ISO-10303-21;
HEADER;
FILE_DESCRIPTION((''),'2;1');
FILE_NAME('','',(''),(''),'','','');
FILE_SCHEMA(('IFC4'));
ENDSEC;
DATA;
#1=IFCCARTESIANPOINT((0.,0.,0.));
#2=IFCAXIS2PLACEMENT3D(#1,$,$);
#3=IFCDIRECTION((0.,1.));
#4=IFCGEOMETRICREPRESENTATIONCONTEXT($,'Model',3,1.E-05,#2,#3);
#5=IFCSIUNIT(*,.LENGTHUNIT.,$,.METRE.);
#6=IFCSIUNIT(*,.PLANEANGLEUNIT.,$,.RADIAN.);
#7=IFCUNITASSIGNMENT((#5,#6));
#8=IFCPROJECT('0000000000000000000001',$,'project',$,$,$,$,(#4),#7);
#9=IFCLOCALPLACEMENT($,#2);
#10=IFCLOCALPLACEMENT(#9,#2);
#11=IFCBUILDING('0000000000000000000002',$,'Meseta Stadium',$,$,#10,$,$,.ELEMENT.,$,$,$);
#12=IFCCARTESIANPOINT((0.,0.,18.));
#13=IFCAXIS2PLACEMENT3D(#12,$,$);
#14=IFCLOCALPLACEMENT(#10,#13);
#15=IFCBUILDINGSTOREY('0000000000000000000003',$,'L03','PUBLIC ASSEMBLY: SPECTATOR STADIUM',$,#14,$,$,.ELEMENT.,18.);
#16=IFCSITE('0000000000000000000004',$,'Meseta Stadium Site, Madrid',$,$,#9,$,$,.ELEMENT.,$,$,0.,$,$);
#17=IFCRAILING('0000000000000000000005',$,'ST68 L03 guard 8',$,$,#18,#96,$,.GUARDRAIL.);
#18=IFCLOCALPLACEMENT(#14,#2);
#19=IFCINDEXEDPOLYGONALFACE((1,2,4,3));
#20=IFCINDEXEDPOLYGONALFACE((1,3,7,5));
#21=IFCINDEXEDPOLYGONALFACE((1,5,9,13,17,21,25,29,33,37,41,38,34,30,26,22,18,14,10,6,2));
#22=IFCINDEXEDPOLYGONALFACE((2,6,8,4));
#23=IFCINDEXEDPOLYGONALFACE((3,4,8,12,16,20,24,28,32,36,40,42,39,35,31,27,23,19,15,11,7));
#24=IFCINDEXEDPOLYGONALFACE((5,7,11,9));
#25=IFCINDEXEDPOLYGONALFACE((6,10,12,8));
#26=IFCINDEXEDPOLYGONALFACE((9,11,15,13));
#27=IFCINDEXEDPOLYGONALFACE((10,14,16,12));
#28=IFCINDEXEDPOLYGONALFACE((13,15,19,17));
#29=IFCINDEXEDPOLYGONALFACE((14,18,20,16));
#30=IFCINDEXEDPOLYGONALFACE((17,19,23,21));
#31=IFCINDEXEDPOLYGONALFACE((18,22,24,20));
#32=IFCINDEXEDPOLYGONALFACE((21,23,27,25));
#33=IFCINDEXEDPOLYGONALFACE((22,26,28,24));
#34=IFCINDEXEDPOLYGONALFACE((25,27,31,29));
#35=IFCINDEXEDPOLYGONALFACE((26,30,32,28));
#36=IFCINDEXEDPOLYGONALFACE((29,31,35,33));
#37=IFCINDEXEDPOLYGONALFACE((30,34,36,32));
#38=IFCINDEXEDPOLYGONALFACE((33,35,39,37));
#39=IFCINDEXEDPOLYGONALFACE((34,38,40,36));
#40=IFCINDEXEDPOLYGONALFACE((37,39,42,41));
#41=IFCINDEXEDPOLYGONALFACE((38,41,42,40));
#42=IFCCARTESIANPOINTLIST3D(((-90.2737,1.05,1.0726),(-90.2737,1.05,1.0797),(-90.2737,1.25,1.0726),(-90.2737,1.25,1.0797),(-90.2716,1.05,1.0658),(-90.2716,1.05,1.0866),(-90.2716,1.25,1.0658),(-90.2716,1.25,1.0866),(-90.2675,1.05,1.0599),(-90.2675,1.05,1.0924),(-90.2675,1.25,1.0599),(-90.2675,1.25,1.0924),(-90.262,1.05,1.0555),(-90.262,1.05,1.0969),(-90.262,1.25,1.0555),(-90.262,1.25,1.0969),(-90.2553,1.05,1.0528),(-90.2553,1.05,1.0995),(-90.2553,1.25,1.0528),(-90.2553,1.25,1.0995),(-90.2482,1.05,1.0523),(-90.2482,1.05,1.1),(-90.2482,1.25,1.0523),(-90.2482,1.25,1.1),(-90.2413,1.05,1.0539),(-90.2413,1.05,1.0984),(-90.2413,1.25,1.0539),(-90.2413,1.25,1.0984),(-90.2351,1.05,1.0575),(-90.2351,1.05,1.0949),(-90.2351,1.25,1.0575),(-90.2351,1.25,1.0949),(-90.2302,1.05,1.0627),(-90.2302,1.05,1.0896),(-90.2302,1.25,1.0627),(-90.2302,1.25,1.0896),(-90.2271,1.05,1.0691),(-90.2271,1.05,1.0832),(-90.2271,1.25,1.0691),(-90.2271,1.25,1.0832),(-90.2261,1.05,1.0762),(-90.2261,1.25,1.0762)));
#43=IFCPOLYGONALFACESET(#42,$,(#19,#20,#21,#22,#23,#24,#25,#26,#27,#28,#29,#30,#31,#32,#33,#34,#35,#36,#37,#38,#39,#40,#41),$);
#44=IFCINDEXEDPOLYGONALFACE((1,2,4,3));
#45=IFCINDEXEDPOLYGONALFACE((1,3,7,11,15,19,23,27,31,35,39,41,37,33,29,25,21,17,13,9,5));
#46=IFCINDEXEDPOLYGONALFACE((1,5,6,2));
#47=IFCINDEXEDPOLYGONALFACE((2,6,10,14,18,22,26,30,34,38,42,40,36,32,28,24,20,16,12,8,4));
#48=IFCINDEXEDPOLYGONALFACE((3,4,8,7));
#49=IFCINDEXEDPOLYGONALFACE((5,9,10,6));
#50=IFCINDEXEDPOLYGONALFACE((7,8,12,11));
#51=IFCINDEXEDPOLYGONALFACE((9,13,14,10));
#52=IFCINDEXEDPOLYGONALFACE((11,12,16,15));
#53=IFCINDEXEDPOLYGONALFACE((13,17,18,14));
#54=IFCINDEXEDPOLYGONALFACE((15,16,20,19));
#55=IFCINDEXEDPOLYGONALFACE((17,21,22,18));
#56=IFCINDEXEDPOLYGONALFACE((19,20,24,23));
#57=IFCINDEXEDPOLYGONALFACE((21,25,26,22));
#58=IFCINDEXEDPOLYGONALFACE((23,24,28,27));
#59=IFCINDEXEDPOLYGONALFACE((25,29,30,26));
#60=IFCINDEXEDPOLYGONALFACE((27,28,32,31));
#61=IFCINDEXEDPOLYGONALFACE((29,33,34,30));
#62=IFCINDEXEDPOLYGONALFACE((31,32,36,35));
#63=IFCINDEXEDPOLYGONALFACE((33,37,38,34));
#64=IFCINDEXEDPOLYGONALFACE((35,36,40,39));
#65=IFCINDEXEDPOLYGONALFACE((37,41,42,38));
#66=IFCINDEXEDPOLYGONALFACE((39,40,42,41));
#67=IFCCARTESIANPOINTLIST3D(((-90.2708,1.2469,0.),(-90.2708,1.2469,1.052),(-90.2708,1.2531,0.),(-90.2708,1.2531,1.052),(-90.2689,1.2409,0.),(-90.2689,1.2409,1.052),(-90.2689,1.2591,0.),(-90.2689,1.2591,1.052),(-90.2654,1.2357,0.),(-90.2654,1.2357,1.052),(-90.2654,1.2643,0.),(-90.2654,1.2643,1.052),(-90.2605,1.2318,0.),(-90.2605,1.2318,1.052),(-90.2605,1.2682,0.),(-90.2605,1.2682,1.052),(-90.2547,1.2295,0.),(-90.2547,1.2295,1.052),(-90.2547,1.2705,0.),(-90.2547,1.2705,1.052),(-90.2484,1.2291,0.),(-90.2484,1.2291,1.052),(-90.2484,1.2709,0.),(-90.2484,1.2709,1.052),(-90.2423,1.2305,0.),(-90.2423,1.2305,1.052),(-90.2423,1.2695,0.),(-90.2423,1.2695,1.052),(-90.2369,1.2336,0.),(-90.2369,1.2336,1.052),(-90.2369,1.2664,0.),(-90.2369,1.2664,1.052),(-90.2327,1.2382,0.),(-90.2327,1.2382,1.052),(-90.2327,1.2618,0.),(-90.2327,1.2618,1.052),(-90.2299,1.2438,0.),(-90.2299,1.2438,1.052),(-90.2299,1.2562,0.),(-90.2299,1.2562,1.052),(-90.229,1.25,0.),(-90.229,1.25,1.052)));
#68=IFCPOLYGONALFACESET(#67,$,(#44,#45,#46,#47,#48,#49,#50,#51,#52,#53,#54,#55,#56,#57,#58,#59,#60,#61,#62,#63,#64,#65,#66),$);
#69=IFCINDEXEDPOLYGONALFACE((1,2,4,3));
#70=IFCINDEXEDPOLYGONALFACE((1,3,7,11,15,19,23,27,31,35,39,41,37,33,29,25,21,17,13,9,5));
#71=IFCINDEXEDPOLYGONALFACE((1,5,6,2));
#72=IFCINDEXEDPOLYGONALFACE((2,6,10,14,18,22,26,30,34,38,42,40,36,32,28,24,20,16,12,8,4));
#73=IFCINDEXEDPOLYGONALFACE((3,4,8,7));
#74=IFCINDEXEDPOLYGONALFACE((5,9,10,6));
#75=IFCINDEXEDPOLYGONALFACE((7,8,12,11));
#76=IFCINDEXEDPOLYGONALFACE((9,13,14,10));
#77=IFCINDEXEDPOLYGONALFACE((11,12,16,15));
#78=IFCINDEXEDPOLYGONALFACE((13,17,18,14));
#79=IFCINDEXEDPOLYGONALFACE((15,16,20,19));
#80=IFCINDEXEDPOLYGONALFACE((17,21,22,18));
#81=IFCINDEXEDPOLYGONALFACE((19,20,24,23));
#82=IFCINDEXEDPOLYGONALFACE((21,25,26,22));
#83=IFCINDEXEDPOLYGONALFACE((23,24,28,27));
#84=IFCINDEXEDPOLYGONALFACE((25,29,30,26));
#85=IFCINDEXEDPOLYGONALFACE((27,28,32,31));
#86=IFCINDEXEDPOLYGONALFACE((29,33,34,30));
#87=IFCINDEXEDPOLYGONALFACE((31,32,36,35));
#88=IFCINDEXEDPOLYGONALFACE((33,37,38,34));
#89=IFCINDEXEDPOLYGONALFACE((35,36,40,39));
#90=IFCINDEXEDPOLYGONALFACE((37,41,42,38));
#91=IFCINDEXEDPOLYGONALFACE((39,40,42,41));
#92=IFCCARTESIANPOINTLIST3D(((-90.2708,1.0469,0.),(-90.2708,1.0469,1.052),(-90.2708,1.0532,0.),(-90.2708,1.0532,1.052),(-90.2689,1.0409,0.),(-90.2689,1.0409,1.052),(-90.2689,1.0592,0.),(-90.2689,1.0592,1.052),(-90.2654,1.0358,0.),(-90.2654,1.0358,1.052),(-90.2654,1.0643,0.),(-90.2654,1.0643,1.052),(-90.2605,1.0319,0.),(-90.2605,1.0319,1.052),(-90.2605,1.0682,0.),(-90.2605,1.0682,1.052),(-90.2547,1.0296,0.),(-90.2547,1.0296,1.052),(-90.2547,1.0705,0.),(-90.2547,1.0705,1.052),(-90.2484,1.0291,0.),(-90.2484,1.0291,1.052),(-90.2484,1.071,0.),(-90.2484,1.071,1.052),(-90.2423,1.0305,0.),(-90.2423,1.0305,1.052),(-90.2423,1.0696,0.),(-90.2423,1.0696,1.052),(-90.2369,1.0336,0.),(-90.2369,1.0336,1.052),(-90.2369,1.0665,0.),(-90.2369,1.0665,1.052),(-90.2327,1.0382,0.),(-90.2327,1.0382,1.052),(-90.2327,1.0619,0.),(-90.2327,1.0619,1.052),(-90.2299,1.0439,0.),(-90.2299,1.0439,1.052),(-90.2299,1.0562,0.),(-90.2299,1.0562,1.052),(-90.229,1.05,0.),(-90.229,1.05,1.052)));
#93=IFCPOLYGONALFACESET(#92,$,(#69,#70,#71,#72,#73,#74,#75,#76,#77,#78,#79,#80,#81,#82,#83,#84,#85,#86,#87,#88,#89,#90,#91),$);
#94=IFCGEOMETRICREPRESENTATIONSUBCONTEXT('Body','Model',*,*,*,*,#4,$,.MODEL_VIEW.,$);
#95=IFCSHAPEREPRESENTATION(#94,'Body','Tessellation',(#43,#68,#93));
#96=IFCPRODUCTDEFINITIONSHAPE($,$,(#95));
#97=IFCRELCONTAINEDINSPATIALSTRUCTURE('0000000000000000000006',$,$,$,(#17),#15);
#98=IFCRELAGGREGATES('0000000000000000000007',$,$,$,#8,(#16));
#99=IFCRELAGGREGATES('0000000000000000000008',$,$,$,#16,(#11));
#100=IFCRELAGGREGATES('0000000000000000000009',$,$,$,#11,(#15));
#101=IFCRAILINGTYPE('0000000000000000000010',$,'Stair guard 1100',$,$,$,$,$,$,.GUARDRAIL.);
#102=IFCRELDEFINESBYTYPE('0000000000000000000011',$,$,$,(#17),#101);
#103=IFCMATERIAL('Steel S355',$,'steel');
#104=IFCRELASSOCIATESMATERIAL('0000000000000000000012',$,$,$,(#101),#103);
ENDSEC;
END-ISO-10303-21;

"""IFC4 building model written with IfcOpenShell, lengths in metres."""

from ifc_helpers import new_model, si_unit, direction, frame, origin, origin_2d, place, context, subcontext, project, spatial, circle, extrude, material, type_object, element, save


model = new_model("IFC4")

# Units and contexts
model_context = context("Model", 3, precision=1e-05, world=origin(), true_north=direction((0.0, 1.0)))
body_context = subcontext(model_context, "Body", "Model", "MODEL_VIEW")
ifc_project = project(units=[si_unit("LENGTHUNIT", "METRE"), si_unit("PLANEANGLEUNIT", "RADIAN")], contexts=[model_context])

# Site, building, storey
site_placement = place(None, origin())
site = spatial("IfcSite", under=ifc_project, at=site_placement, Name="Meseta Stadium Site, Madrid", CompositionType="ELEMENT", RefElevation=0.0)
building_placement = place(site_placement, origin())
building = spatial("IfcBuilding", under=site, at=building_placement, Name="Meseta Stadium", CompositionType="ELEMENT")
storey_placement = place(building_placement, frame((0.0, 0.0, 18.0)))
storey = spatial("IfcBuildingStorey", under=building, at=storey_placement, Name="L03", Description="PUBLIC ASSEMBLY: SPECTATOR STADIUM", CompositionType="ELEMENT", Elevation=18.0)

# Railing
ifc_material_1 = material(Name="Steel S355", Category="steel")
railing_type_1 = type_object("IfcRailingType", Name="Stair guard 1100", PredefinedType="GUARDRAIL", material=ifc_material_1)
railing_1_placement = place(storey_placement, frame((-90.25, 1.25, 0.0)))
element("IfcRailing", 1, at=railing_1_placement, inside=storey, type_object=railing_type_1, Name="ST68 L03 guard 8", PredefinedType="GUARDRAIL", context=body_context, shape_type="SweptSolid", body=[
    extrude(circle(Radius=0.0239, at=origin_2d()), frame((0.0, 0.0, 1.0762), z_axis=(0.0, -1.0, 0.0), x_axis=(1.0, 0.0, 0.0)), (0.0, 0.0, 1.0), 0.2),
    extrude(circle(Radius=0.021, at=origin_2d()), origin(), (0.0, 0.0, 1.0), 1.052),
    extrude(circle(Radius=0.021, at=origin_2d()), frame((0.0, -0.2, 0.0)), (0.0, 0.0, 1.0), 1.052),
])

save(model, "model.ifc")
